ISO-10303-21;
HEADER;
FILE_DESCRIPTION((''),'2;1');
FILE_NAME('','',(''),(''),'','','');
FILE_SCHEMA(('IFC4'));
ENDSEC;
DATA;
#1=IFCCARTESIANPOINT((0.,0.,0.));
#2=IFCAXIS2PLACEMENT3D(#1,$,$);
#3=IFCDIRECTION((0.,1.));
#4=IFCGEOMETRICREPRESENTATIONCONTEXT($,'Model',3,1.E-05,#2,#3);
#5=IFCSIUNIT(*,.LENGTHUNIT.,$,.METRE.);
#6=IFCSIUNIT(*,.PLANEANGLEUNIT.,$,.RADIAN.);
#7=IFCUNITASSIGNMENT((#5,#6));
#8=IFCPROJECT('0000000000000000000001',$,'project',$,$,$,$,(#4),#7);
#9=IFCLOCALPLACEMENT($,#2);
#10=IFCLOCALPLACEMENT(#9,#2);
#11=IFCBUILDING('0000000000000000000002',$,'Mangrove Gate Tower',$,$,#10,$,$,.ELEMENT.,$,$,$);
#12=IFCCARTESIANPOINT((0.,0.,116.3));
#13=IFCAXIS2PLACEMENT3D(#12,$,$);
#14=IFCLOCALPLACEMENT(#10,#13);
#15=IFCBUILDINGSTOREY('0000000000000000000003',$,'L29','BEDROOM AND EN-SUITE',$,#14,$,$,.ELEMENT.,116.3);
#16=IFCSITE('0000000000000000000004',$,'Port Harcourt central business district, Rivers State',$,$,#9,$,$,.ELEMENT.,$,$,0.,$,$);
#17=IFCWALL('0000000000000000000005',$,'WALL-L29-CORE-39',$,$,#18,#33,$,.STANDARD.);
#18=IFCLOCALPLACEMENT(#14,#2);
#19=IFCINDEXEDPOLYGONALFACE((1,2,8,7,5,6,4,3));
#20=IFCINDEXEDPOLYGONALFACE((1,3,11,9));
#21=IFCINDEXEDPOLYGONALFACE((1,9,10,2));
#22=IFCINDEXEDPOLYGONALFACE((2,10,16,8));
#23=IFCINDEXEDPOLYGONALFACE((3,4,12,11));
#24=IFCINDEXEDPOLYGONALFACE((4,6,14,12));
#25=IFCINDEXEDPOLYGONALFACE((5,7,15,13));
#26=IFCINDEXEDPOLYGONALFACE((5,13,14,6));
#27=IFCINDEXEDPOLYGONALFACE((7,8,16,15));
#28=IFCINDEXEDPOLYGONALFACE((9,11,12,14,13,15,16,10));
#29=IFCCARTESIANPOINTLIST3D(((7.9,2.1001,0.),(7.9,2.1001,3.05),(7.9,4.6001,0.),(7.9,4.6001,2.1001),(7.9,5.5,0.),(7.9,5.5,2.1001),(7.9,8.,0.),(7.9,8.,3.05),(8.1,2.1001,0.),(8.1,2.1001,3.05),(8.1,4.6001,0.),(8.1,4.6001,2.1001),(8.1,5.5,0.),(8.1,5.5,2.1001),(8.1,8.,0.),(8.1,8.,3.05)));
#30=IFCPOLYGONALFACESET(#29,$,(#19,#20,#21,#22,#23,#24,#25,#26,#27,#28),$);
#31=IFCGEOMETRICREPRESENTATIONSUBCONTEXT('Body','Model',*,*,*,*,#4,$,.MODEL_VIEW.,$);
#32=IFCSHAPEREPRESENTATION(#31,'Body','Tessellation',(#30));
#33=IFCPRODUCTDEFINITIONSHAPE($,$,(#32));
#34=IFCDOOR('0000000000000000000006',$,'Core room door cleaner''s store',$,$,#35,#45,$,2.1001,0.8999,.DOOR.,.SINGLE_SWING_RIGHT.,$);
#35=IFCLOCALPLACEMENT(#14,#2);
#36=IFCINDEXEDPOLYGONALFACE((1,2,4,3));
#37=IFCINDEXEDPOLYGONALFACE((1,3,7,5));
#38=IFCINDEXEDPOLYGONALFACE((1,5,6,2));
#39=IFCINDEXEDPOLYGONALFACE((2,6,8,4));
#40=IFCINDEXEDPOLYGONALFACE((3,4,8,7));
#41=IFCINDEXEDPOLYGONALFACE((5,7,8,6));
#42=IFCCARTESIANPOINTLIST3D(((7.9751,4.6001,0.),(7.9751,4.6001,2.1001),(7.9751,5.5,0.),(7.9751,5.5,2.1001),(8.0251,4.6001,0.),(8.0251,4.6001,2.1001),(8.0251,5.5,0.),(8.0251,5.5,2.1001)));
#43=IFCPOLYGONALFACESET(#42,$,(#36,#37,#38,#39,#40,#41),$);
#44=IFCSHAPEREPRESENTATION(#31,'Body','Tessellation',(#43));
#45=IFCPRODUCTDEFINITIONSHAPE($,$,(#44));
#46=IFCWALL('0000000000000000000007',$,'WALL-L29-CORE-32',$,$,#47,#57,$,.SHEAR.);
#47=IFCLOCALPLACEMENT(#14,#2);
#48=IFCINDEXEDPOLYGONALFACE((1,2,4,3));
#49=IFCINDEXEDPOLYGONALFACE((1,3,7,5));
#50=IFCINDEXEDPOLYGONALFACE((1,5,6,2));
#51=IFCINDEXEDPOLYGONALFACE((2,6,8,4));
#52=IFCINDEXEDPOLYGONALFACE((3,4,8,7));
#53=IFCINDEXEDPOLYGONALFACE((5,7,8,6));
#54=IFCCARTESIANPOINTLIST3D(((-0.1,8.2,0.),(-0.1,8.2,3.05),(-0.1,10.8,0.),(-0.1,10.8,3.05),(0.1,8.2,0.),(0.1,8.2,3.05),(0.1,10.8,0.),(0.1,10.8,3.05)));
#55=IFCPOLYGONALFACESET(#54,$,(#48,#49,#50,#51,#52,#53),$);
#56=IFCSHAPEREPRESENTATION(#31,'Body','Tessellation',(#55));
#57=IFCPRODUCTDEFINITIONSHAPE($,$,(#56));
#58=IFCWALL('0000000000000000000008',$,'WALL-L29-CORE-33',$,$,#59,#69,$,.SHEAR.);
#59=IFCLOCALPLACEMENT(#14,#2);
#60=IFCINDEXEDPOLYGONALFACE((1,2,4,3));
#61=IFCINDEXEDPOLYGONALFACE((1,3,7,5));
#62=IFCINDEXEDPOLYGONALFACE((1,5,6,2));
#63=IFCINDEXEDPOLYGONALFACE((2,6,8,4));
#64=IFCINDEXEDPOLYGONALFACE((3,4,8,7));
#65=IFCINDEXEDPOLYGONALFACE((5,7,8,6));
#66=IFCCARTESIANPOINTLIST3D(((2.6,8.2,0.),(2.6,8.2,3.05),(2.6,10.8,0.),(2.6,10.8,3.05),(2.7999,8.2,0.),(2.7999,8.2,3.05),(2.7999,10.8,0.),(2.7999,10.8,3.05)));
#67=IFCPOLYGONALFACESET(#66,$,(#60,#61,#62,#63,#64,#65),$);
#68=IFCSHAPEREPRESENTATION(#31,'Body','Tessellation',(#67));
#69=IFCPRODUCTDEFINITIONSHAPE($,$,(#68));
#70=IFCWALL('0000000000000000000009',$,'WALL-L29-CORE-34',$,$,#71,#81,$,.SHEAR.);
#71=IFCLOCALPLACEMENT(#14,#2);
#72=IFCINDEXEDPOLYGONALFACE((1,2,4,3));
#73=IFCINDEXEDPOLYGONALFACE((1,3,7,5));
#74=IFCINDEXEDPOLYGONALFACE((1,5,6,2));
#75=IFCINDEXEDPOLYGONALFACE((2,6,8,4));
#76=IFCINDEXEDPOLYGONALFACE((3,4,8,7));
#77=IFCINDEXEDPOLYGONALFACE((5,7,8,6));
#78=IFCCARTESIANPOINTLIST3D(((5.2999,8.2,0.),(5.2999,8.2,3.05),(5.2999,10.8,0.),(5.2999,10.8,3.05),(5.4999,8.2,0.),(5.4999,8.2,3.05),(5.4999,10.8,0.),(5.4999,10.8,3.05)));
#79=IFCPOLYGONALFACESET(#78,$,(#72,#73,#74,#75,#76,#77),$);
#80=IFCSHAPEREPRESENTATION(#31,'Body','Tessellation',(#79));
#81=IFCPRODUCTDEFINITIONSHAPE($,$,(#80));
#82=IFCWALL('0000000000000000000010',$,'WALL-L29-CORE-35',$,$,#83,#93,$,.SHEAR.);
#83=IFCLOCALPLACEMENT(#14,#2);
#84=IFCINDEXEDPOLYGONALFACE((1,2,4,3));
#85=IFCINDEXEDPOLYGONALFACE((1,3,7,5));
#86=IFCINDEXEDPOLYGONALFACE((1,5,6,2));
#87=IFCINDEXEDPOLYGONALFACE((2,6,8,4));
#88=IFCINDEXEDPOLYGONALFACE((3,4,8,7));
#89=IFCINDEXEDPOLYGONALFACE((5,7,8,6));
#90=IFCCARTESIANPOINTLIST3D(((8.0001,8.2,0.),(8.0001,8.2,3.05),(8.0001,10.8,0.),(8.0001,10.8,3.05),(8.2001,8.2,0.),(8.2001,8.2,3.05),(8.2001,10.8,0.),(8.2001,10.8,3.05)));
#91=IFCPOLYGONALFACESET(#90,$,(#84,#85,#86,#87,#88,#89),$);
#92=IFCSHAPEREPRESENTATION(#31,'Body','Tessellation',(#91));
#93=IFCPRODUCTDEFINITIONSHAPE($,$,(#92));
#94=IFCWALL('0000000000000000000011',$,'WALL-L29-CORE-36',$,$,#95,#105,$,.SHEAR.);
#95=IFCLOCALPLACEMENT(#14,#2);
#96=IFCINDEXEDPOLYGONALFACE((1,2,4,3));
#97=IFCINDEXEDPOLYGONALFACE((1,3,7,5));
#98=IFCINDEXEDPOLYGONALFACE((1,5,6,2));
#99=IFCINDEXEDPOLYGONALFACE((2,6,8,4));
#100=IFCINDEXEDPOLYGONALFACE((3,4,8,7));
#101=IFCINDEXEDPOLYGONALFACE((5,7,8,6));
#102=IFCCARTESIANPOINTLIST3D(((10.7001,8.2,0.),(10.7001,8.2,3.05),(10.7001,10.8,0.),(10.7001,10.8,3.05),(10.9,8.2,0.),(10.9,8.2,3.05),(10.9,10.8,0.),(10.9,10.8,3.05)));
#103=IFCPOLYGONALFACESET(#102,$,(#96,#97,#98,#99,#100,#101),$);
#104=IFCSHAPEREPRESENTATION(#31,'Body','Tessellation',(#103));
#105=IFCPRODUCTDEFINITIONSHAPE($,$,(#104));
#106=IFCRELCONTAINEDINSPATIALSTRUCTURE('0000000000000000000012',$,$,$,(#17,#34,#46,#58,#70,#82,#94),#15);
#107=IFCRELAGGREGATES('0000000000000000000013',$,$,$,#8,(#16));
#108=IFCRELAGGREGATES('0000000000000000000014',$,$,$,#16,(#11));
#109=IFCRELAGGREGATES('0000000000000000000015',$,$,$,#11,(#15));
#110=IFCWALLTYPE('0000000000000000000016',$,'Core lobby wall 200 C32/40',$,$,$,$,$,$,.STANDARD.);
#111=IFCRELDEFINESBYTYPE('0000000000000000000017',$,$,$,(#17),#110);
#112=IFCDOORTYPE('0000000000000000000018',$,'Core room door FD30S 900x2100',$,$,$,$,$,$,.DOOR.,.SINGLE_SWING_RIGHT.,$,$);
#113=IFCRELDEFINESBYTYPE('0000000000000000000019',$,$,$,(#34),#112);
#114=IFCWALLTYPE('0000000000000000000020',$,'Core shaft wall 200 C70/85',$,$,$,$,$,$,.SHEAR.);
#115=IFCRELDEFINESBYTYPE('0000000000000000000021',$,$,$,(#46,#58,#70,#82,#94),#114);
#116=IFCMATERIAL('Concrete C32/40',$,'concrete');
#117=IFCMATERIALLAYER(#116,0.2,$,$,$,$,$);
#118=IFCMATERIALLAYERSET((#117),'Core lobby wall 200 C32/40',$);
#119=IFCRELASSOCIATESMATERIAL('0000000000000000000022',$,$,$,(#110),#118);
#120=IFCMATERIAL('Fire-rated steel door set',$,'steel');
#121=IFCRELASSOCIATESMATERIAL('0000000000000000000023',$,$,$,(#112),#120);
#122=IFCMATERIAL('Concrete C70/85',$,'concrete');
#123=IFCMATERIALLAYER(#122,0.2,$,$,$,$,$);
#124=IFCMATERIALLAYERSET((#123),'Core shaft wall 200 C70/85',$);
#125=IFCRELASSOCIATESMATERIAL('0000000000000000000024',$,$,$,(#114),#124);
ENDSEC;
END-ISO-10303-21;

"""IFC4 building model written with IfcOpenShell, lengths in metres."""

from ifc_helpers import new_model, si_unit, direction, frame, frame_2d, origin, place, context, subcontext, project, spatial, rectangle, extrude, material, layer, layer_set, type_object, element, fill, save


model = new_model("IFC4")

# Units and contexts
model_context = context("Model", 3, precision=1e-05, world=origin(), true_north=direction((0.0, 1.0)))
body_context = subcontext(model_context, "Body", "Model", "MODEL_VIEW")
ifc_project = project(units=[si_unit("LENGTHUNIT", "METRE"), si_unit("PLANEANGLEUNIT", "RADIAN")], contexts=[model_context])

# Site, building, storey
site_placement = place(None, origin())
site = spatial("IfcSite", under=ifc_project, at=site_placement, Name="Port Harcourt central business district, Rivers State", CompositionType="ELEMENT", RefElevation=0.0)
building_placement = place(site_placement, origin())
building = spatial("IfcBuilding", under=site, at=building_placement, Name="Mangrove Gate Tower", CompositionType="ELEMENT")
storey_placement = place(building_placement, frame((0.0, 0.0, 116.3)))
storey = spatial("IfcBuildingStorey", under=building, at=storey_placement, Name="L29", Description="BEDROOM AND EN-SUITE", CompositionType="ELEMENT", Elevation=116.3)

# Wall, opening, door
ifc_material_1 = material(Name="Concrete C32/40", Category="concrete")
ifc_layer_1 = layer(ifc_material_1, 0.2)
ifc_layer_set_1 = layer_set([ifc_layer_1], Name="Core lobby wall 200 C32/40")
wall_type_1 = type_object("IfcWallType", Name="Core lobby wall 200 C32/40", PredefinedType="STANDARD", material=ifc_layer_set_1)
wall_placement = place(storey_placement, frame((8.0, 2.1001, 0.0), z_axis=(0.0, 0.0, 1.0), x_axis=(0.0, 1.0, 0.0)))
wall = element("IfcWall", 1, at=wall_placement, inside=storey, type_object=wall_type_1, Name="WALL-L29-CORE-39", PredefinedType="STANDARD", context=body_context, shape_type="SweptSolid", body=[
    extrude(rectangle(XDim=5.8999, YDim=0.2, at=frame_2d((2.95, 0.0))), origin(), (0.0, 0.0, 1.0), 3.05),
])
opening_placement = place(wall_placement, frame((2.5, 0.0, 0.0)))
opening = element("IfcOpeningElement", 2, at=opening_placement, cuts=wall, PredefinedType="OPENING", context=body_context, shape_type="SweptSolid", body=[
    extrude(rectangle(XDim=0.8999, YDim=2.1001, at=frame_2d((0.45, 1.05))), frame((0.0, 0.1099, 0.0), z_axis=(0.0, -1.0, 0.0), x_axis=(1.0, 0.0, 0.0)), (0.0, 0.0, 1.0), 0.22),
])
ifc_material_2 = material(Name="Fire-rated steel door set", Category="steel")
door_type = type_object("IfcDoorType", Name="Core room door FD30S 900x2100", OperationType="SINGLE_SWING_RIGHT", PredefinedType="DOOR", material=ifc_material_2)
door_placement = place(opening_placement, origin())
door = element("IfcDoor", 3, at=door_placement, inside=storey, type_object=door_type, Name="Core room door cleaner's store", OperationType="SINGLE_SWING_RIGHT", OverallHeight=2.1001, OverallWidth=0.8999, PredefinedType="DOOR", context=body_context, shape_type="SweptSolid", body=[
    extrude(rectangle(XDim=0.8999, YDim=2.1001, at=frame_2d((0.45, 1.05))), frame((0.0, 0.0249, 0.0), z_axis=(0.0, -1.0, 0.0), x_axis=(1.0, 0.0, 0.0)), (0.0, 0.0, 1.0), 0.05),
])
fill(opening, door)

# Walls
ifc_material_3 = material(Name="Concrete C70/85", Category="concrete")
ifc_layer_2 = layer(ifc_material_3, 0.2)
ifc_layer_set_2 = layer_set([ifc_layer_2], Name="Core shaft wall 200 C70/85")
wall_type_2 = type_object("IfcWallType", Name="Core shaft wall 200 C70/85", PredefinedType="SHEAR", material=ifc_layer_set_2)
for number, where, z_axis, x_axis, name in (
    (4, (0.0, 8.2, 0.0), (0.0, 0.0, 1.0), (0.0, 1.0, 0.0), "WALL-L29-CORE-32"),
    (5, (2.7, 8.2, 0.0), (0.0, 0.0, 1.0), (0.0, 1.0, 0.0), "WALL-L29-CORE-33"),
    (6, (5.3999, 8.2, 0.0), (0.0, 0.0, 1.0), (0.0, 1.0, 0.0), "WALL-L29-CORE-34"),
    (7, (8.1001, 8.2, 0.0), (0.0, 0.0, 1.0), (0.0, 1.0, 0.0), "WALL-L29-CORE-35"),
    (8, (10.8, 8.2, 0.0), (0.0, 0.0, 1.0), (0.0, 1.0, 0.0), "WALL-L29-CORE-36"),
):
    element("IfcWall", number, at=place(storey_placement, frame(where, z_axis=z_axis, x_axis=x_axis)), inside=storey, type_object=wall_type_2, Name=name, PredefinedType="SHEAR", context=body_context, shape_type="SweptSolid", body=[
        extrude(rectangle(XDim=2.6001, YDim=0.2, at=frame_2d((1.3, 0.0))), origin(), (0.0, 0.0, 1.0), 3.05),
    ])

save(model, "model.ifc")
